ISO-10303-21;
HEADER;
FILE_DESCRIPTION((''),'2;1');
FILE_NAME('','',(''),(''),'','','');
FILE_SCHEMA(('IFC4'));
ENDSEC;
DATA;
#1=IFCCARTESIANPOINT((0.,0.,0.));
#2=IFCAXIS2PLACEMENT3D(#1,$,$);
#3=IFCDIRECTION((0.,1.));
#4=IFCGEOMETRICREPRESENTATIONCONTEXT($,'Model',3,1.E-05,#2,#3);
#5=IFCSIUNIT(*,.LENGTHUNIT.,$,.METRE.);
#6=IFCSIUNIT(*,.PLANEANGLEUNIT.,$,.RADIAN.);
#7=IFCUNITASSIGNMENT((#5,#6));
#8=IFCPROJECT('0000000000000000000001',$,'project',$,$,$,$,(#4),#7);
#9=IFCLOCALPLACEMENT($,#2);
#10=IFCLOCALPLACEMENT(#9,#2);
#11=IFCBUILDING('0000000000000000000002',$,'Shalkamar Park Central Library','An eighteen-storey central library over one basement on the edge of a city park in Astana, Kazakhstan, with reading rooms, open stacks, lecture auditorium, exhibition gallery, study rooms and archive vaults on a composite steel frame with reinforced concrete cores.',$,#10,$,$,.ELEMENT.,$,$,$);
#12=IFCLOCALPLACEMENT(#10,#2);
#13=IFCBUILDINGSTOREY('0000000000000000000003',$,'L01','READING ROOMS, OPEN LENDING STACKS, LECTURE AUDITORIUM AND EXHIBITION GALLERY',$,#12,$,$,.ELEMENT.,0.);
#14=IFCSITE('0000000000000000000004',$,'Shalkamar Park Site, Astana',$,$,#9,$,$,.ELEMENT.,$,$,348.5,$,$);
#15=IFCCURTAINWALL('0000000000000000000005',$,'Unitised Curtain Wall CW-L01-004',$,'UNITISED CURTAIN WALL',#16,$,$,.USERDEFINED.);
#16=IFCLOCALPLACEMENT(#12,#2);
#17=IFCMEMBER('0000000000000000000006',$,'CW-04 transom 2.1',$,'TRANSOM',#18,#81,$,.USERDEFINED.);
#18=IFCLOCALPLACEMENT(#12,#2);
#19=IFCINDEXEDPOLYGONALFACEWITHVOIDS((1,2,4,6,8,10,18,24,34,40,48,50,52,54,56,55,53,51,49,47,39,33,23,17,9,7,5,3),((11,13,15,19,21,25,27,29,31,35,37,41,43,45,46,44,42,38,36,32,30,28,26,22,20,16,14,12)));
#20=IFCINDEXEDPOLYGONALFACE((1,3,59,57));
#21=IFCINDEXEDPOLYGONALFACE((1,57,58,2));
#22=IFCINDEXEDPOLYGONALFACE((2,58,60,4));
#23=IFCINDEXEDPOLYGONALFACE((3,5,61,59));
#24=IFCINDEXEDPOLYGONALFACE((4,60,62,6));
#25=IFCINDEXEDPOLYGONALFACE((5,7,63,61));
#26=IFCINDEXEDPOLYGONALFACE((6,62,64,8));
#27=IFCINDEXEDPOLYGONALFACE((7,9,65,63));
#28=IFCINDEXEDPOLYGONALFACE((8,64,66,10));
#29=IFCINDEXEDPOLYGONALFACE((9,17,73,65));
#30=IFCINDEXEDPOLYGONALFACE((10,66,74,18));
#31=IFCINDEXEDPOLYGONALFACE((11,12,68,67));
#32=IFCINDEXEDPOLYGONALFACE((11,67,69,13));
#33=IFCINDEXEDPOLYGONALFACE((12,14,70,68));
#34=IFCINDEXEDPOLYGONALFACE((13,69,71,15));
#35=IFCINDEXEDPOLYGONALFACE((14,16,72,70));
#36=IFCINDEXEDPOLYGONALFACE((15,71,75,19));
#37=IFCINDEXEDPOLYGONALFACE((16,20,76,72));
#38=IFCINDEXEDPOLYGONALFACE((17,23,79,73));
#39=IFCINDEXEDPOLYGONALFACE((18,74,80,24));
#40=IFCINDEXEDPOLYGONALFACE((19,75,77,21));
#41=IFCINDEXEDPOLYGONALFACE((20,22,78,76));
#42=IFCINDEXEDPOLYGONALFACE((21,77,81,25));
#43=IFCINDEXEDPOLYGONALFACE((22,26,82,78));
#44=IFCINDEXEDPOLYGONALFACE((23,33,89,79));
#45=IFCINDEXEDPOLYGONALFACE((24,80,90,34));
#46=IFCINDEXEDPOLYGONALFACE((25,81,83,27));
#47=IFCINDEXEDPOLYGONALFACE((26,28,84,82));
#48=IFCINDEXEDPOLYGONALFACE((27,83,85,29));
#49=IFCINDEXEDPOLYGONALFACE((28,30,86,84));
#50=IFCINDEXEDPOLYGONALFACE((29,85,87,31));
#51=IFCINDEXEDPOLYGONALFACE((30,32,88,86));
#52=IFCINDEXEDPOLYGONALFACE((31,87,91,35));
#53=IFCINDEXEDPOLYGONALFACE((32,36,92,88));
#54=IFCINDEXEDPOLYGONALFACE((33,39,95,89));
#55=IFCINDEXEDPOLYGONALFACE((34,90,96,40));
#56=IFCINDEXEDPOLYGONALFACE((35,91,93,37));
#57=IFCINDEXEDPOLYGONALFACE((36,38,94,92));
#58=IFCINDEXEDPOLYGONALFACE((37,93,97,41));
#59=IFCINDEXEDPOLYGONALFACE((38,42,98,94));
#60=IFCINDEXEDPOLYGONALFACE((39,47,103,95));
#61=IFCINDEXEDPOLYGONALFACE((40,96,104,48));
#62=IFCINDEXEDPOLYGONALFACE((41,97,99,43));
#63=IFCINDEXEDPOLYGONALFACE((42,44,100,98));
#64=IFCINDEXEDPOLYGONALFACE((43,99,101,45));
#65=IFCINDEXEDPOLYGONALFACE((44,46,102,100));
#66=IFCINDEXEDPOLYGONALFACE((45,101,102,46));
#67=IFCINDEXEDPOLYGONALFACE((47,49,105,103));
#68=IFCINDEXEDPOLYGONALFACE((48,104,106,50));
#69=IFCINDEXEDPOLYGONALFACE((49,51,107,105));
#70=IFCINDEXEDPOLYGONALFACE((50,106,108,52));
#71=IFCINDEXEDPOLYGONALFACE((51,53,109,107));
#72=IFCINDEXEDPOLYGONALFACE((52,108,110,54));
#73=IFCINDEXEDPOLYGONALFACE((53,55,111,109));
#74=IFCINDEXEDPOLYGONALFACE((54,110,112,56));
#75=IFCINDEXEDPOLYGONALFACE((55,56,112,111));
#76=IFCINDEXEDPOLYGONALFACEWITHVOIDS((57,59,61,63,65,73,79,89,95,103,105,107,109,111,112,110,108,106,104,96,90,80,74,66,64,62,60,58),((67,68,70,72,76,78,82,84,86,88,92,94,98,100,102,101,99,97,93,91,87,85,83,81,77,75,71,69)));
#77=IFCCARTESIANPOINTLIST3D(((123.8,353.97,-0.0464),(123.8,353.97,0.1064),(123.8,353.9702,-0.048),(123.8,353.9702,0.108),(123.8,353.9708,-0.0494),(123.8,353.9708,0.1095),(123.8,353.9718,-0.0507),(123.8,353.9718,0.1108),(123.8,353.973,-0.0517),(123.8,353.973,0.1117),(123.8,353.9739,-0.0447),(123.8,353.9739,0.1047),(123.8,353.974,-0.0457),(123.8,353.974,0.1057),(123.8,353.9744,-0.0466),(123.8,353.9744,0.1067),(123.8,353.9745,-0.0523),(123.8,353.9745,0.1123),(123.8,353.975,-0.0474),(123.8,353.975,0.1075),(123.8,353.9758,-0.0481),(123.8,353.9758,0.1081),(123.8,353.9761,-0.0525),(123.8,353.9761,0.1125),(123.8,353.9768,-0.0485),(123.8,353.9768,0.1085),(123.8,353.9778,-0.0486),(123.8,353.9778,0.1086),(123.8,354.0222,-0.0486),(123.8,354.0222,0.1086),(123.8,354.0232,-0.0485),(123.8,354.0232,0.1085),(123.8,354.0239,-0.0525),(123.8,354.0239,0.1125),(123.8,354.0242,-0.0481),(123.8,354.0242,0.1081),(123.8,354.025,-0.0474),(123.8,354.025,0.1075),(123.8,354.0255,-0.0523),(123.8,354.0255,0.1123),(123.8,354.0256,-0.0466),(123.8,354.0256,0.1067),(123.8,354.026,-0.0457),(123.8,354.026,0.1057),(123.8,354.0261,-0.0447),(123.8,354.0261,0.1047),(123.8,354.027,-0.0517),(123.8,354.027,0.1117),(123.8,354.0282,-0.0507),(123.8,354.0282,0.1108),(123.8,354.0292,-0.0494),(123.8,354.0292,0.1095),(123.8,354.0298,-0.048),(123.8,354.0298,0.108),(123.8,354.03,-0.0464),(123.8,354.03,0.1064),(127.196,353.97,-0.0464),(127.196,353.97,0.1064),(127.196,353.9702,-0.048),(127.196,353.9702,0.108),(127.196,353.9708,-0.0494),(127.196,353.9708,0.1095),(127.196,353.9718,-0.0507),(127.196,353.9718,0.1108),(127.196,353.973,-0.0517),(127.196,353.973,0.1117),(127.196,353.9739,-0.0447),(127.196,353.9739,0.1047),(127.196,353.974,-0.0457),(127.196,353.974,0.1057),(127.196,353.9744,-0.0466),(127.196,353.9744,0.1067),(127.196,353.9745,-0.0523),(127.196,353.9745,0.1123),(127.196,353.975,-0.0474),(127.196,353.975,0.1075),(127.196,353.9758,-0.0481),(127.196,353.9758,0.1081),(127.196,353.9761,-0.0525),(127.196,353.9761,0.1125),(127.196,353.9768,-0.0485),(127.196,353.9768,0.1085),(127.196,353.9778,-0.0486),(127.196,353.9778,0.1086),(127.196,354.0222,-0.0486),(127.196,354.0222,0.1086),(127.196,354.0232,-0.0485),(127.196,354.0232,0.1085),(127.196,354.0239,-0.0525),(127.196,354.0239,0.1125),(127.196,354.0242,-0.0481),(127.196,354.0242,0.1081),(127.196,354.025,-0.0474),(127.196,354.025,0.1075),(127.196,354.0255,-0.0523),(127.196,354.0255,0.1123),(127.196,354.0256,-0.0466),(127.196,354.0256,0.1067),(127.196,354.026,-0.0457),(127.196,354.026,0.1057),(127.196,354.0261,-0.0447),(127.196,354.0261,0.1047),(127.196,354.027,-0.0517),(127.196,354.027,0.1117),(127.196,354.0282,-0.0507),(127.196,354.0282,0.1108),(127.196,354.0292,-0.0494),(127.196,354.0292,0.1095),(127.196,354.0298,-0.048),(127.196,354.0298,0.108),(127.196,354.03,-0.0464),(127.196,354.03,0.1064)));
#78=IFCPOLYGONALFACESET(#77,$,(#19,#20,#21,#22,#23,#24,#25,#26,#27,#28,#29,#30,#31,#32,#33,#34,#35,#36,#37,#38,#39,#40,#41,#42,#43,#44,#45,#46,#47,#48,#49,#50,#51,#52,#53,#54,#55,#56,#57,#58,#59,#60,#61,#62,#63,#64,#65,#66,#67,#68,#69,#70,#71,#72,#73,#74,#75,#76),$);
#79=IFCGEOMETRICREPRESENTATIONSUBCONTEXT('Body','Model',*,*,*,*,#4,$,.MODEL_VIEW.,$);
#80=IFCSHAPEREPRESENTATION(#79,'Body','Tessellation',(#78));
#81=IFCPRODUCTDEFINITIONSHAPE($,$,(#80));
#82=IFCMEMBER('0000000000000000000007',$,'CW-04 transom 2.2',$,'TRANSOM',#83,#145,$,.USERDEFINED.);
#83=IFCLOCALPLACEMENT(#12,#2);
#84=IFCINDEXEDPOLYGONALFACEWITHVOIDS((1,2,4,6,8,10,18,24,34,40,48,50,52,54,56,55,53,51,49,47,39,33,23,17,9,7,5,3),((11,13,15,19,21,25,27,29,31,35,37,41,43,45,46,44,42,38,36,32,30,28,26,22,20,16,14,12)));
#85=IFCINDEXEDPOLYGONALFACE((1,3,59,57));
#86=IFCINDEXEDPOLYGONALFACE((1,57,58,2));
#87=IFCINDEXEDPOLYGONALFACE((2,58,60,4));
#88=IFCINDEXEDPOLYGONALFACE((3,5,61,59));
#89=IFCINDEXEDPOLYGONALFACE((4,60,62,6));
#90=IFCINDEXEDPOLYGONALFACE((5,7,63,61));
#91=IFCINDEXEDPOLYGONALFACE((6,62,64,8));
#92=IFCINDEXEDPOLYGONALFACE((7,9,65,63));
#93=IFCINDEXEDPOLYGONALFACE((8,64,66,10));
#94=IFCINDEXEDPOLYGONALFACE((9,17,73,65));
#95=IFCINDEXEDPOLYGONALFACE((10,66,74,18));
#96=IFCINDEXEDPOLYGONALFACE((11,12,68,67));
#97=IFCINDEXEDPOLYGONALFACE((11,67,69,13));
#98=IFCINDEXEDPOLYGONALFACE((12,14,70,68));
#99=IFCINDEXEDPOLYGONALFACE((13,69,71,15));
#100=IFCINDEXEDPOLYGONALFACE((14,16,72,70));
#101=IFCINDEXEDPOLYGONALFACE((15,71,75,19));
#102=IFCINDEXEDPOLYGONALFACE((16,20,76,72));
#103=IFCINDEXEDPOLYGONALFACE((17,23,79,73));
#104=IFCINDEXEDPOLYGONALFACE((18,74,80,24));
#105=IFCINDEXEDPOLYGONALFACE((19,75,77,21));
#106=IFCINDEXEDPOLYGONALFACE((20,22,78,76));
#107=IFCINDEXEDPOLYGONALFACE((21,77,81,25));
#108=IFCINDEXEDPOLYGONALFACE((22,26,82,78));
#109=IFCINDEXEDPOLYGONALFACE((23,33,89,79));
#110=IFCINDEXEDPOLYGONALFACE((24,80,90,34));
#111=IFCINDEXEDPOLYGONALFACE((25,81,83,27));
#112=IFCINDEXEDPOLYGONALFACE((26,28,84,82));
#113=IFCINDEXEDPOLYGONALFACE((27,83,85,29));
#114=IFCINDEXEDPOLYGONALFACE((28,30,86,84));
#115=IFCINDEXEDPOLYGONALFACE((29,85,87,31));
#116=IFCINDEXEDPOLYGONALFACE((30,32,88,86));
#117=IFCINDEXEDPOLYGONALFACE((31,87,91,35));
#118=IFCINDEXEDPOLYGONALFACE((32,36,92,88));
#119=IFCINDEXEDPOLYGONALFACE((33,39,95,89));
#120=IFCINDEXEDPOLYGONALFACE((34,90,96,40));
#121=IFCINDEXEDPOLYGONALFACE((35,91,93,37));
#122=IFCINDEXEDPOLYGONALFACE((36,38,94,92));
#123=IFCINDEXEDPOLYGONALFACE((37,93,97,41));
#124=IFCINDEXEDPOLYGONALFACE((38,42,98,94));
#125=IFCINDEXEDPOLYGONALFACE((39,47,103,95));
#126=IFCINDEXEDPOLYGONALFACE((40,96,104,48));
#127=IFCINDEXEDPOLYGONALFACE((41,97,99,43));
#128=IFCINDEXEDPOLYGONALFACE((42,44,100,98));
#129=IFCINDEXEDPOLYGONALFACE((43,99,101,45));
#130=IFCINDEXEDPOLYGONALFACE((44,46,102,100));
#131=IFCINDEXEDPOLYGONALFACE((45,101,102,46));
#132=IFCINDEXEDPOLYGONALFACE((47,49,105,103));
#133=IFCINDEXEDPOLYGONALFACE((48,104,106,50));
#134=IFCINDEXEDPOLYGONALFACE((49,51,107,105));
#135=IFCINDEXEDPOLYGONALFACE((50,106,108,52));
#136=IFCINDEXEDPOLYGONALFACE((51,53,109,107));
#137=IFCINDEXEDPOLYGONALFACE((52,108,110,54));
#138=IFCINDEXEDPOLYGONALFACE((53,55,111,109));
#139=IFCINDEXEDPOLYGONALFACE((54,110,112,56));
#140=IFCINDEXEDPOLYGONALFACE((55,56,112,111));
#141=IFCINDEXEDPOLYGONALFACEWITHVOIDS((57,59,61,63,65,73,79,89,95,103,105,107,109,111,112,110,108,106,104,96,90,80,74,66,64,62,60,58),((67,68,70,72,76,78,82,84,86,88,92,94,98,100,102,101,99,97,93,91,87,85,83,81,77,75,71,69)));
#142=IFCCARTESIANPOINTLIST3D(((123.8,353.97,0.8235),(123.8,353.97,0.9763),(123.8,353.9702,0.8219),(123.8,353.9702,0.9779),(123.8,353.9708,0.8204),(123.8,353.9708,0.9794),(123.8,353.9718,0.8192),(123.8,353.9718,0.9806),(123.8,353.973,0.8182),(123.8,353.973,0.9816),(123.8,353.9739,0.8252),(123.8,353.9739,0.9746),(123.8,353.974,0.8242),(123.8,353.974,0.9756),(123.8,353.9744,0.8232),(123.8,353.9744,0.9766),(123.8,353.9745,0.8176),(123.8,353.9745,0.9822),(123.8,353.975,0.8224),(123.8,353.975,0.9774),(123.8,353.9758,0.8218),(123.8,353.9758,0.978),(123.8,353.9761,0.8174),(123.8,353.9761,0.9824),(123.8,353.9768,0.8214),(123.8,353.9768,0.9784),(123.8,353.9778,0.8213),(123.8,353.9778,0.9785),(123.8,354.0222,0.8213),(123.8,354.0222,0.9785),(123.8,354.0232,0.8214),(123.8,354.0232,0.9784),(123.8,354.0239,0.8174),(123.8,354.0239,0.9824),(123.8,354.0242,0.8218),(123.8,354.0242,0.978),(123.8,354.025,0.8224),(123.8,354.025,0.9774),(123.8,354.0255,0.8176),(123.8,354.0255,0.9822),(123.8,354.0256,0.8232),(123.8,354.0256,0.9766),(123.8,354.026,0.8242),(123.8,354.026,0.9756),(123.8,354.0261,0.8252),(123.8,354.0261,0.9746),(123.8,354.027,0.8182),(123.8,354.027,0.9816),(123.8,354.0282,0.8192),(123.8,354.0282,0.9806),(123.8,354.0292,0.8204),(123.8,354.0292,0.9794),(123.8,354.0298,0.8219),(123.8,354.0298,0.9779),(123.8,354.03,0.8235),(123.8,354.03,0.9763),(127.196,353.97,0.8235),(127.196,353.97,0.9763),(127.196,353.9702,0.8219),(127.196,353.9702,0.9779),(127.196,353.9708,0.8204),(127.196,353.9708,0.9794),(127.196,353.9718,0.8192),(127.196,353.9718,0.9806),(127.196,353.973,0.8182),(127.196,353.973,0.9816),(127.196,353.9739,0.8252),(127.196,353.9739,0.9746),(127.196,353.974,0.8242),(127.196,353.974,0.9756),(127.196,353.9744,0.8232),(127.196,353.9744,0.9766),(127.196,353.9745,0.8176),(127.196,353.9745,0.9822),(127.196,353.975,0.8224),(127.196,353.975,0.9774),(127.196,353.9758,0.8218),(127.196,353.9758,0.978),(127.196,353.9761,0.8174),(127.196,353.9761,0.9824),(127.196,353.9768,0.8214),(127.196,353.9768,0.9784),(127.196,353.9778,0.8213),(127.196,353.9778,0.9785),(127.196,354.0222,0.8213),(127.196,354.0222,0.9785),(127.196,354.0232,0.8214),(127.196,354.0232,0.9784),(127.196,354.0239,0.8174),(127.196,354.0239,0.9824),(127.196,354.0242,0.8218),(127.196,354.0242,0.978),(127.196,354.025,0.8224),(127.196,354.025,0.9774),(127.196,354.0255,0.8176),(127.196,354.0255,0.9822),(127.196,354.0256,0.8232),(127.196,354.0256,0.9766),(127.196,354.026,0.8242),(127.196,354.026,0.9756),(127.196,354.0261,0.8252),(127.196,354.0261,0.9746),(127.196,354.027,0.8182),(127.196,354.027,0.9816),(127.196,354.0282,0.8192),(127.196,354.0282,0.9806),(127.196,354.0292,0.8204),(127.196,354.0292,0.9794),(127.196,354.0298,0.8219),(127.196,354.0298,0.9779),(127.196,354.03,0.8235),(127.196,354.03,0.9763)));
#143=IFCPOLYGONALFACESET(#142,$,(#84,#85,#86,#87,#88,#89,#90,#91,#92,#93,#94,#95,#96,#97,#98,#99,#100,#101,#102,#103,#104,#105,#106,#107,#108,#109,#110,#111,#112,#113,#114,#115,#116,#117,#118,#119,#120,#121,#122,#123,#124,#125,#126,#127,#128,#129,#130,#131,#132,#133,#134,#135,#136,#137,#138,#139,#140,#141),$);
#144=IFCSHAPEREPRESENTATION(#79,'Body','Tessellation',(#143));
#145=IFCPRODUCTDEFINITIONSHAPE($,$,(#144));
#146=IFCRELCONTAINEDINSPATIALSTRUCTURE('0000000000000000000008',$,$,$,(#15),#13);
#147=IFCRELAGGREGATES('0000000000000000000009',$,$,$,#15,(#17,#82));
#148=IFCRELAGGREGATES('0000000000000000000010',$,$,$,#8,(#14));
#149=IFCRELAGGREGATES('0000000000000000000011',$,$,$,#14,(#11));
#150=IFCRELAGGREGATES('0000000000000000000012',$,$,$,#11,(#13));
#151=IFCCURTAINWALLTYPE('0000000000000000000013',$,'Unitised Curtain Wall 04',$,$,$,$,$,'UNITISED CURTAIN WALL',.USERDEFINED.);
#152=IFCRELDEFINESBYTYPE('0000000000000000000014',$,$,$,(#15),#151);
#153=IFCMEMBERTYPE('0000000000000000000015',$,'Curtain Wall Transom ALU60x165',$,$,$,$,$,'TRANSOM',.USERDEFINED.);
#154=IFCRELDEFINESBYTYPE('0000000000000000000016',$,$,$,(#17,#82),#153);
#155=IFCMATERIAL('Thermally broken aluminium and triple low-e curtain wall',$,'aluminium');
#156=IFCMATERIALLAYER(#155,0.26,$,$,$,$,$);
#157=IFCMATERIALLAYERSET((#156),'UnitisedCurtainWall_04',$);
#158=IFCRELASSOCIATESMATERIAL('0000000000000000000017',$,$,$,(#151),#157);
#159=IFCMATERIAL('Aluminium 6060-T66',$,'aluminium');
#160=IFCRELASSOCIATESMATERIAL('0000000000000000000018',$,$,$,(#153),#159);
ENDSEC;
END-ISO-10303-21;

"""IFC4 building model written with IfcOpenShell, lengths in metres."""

from ifc_helpers import new_model, si_unit, direction, frame, origin, origin_2d, place, context, subcontext, project, spatial, hollow_rectangle, extrude, material, layer, layer_set, material_profile, profile_set, type_object, element, aggregate, save


model = new_model("IFC4")

# Units and contexts
model_context = context("Model", 3, precision=1e-05, world=origin(), true_north=direction((0.0, 1.0)))
body_context = subcontext(model_context, "Body", "Model", "MODEL_VIEW")
ifc_project = project(units=[si_unit("LENGTHUNIT", "METRE"), si_unit("PLANEANGLEUNIT", "RADIAN")], contexts=[model_context])

# Site, building, storey
site_placement = place(None, origin())
site = spatial("IfcSite", under=ifc_project, at=site_placement, Name="Shalkamar Park Site, Astana", CompositionType="ELEMENT", RefElevation=348.5)
building_placement = place(site_placement, origin())
building = spatial("IfcBuilding", under=site, at=building_placement, Name="Shalkamar Park Central Library", Description="An eighteen-storey central library over one basement on the edge of a city park in Astana, Kazakhstan, with reading rooms, open stacks, lecture auditorium, exhibition gallery, study rooms and archive vaults on a composite steel frame with reinforced concrete cores.", CompositionType="ELEMENT")
storey_placement = place(building_placement, origin())
storey = spatial("IfcBuildingStorey", under=building, at=storey_placement, Name="L01", Description="READING ROOMS, OPEN LENDING STACKS, LECTURE AUDITORIUM AND EXHIBITION GALLERY", CompositionType="ELEMENT", Elevation=0.0)

# Curtain wall
ifc_material_1 = material(Name="Thermally broken aluminium and triple low-e curtain wall", Category="aluminium")
ifc_layer_1 = layer(ifc_material_1, 0.26)
ifc_layer_set_1 = layer_set([ifc_layer_1], Name="UnitisedCurtainWall_04")
curtain_wall_type_1 = type_object("IfcCurtainWallType", Name="Unitised Curtain Wall 04", ElementType="UNITISED CURTAIN WALL", PredefinedType="USERDEFINED", material=ifc_layer_set_1)
curtain_wall_1_placement = place(storey_placement, origin())
curtain_wall_1 = element("IfcCurtainWall", 1, at=curtain_wall_1_placement, inside=storey, type_object=curtain_wall_type_1, Name="Unitised Curtain Wall CW-L01-004", ObjectType="UNITISED CURTAIN WALL", PredefinedType="USERDEFINED")
ifc_material_2 = material(Name="Aluminium 6060-T66", Category="aluminium")

# Members
ifc_material_profile_1 = material_profile(ifc_material_2, hollow_rectangle(XDim=0.0601, YDim=0.165, WallThickness=0.0039, InnerFilletRadius=0.0039, OuterFilletRadius=0.0061, at=origin_2d()), Name="ALU 60x165x4")
ifc_profile_set_1 = profile_set([ifc_material_profile_1], Name="Aluminium 6060-T66")
member_type_1 = type_object("IfcMemberType", Name="Curtain Wall Transom ALU60x165", ElementType="TRANSOM", PredefinedType="USERDEFINED", material=ifc_profile_set_1)
member_1_placement = place(storey_placement, frame((123.8, 354.0, 0.03), z_axis=(1.0, 0.0, 0.0), x_axis=(0.0, 1.0, 0.0)))
member_1 = element("IfcMember", 2, at=member_1_placement, type_object=member_type_1, Name="CW-04 transom 2.1", ObjectType="TRANSOM", PredefinedType="USERDEFINED", context=body_context, shape_type="SweptSolid", body=[
    extrude(hollow_rectangle(XDim=0.0601, YDim=0.165, WallThickness=0.0039, InnerFilletRadius=0.0039, OuterFilletRadius=0.0061, at=origin_2d()), origin(), (0.0, 0.0, 1.0), 3.396),
])
member_2_placement = place(storey_placement, frame((123.8, 354.0, 0.8999), z_axis=(1.0, 0.0, 0.0), x_axis=(0.0, 1.0, 0.0)))
member_2 = element("IfcMember", 3, at=member_2_placement, type_object=member_type_1, Name="CW-04 transom 2.2", ObjectType="TRANSOM", PredefinedType="USERDEFINED", context=body_context, shape_type="SweptSolid", body=[
    extrude(hollow_rectangle(XDim=0.0601, YDim=0.165, WallThickness=0.0039, InnerFilletRadius=0.0039, OuterFilletRadius=0.0061, at=origin_2d()), origin(), (0.0, 0.0, 1.0), 3.396),
])

aggregate(curtain_wall_1, [member_1, member_2])

save(model, "model.ifc")
